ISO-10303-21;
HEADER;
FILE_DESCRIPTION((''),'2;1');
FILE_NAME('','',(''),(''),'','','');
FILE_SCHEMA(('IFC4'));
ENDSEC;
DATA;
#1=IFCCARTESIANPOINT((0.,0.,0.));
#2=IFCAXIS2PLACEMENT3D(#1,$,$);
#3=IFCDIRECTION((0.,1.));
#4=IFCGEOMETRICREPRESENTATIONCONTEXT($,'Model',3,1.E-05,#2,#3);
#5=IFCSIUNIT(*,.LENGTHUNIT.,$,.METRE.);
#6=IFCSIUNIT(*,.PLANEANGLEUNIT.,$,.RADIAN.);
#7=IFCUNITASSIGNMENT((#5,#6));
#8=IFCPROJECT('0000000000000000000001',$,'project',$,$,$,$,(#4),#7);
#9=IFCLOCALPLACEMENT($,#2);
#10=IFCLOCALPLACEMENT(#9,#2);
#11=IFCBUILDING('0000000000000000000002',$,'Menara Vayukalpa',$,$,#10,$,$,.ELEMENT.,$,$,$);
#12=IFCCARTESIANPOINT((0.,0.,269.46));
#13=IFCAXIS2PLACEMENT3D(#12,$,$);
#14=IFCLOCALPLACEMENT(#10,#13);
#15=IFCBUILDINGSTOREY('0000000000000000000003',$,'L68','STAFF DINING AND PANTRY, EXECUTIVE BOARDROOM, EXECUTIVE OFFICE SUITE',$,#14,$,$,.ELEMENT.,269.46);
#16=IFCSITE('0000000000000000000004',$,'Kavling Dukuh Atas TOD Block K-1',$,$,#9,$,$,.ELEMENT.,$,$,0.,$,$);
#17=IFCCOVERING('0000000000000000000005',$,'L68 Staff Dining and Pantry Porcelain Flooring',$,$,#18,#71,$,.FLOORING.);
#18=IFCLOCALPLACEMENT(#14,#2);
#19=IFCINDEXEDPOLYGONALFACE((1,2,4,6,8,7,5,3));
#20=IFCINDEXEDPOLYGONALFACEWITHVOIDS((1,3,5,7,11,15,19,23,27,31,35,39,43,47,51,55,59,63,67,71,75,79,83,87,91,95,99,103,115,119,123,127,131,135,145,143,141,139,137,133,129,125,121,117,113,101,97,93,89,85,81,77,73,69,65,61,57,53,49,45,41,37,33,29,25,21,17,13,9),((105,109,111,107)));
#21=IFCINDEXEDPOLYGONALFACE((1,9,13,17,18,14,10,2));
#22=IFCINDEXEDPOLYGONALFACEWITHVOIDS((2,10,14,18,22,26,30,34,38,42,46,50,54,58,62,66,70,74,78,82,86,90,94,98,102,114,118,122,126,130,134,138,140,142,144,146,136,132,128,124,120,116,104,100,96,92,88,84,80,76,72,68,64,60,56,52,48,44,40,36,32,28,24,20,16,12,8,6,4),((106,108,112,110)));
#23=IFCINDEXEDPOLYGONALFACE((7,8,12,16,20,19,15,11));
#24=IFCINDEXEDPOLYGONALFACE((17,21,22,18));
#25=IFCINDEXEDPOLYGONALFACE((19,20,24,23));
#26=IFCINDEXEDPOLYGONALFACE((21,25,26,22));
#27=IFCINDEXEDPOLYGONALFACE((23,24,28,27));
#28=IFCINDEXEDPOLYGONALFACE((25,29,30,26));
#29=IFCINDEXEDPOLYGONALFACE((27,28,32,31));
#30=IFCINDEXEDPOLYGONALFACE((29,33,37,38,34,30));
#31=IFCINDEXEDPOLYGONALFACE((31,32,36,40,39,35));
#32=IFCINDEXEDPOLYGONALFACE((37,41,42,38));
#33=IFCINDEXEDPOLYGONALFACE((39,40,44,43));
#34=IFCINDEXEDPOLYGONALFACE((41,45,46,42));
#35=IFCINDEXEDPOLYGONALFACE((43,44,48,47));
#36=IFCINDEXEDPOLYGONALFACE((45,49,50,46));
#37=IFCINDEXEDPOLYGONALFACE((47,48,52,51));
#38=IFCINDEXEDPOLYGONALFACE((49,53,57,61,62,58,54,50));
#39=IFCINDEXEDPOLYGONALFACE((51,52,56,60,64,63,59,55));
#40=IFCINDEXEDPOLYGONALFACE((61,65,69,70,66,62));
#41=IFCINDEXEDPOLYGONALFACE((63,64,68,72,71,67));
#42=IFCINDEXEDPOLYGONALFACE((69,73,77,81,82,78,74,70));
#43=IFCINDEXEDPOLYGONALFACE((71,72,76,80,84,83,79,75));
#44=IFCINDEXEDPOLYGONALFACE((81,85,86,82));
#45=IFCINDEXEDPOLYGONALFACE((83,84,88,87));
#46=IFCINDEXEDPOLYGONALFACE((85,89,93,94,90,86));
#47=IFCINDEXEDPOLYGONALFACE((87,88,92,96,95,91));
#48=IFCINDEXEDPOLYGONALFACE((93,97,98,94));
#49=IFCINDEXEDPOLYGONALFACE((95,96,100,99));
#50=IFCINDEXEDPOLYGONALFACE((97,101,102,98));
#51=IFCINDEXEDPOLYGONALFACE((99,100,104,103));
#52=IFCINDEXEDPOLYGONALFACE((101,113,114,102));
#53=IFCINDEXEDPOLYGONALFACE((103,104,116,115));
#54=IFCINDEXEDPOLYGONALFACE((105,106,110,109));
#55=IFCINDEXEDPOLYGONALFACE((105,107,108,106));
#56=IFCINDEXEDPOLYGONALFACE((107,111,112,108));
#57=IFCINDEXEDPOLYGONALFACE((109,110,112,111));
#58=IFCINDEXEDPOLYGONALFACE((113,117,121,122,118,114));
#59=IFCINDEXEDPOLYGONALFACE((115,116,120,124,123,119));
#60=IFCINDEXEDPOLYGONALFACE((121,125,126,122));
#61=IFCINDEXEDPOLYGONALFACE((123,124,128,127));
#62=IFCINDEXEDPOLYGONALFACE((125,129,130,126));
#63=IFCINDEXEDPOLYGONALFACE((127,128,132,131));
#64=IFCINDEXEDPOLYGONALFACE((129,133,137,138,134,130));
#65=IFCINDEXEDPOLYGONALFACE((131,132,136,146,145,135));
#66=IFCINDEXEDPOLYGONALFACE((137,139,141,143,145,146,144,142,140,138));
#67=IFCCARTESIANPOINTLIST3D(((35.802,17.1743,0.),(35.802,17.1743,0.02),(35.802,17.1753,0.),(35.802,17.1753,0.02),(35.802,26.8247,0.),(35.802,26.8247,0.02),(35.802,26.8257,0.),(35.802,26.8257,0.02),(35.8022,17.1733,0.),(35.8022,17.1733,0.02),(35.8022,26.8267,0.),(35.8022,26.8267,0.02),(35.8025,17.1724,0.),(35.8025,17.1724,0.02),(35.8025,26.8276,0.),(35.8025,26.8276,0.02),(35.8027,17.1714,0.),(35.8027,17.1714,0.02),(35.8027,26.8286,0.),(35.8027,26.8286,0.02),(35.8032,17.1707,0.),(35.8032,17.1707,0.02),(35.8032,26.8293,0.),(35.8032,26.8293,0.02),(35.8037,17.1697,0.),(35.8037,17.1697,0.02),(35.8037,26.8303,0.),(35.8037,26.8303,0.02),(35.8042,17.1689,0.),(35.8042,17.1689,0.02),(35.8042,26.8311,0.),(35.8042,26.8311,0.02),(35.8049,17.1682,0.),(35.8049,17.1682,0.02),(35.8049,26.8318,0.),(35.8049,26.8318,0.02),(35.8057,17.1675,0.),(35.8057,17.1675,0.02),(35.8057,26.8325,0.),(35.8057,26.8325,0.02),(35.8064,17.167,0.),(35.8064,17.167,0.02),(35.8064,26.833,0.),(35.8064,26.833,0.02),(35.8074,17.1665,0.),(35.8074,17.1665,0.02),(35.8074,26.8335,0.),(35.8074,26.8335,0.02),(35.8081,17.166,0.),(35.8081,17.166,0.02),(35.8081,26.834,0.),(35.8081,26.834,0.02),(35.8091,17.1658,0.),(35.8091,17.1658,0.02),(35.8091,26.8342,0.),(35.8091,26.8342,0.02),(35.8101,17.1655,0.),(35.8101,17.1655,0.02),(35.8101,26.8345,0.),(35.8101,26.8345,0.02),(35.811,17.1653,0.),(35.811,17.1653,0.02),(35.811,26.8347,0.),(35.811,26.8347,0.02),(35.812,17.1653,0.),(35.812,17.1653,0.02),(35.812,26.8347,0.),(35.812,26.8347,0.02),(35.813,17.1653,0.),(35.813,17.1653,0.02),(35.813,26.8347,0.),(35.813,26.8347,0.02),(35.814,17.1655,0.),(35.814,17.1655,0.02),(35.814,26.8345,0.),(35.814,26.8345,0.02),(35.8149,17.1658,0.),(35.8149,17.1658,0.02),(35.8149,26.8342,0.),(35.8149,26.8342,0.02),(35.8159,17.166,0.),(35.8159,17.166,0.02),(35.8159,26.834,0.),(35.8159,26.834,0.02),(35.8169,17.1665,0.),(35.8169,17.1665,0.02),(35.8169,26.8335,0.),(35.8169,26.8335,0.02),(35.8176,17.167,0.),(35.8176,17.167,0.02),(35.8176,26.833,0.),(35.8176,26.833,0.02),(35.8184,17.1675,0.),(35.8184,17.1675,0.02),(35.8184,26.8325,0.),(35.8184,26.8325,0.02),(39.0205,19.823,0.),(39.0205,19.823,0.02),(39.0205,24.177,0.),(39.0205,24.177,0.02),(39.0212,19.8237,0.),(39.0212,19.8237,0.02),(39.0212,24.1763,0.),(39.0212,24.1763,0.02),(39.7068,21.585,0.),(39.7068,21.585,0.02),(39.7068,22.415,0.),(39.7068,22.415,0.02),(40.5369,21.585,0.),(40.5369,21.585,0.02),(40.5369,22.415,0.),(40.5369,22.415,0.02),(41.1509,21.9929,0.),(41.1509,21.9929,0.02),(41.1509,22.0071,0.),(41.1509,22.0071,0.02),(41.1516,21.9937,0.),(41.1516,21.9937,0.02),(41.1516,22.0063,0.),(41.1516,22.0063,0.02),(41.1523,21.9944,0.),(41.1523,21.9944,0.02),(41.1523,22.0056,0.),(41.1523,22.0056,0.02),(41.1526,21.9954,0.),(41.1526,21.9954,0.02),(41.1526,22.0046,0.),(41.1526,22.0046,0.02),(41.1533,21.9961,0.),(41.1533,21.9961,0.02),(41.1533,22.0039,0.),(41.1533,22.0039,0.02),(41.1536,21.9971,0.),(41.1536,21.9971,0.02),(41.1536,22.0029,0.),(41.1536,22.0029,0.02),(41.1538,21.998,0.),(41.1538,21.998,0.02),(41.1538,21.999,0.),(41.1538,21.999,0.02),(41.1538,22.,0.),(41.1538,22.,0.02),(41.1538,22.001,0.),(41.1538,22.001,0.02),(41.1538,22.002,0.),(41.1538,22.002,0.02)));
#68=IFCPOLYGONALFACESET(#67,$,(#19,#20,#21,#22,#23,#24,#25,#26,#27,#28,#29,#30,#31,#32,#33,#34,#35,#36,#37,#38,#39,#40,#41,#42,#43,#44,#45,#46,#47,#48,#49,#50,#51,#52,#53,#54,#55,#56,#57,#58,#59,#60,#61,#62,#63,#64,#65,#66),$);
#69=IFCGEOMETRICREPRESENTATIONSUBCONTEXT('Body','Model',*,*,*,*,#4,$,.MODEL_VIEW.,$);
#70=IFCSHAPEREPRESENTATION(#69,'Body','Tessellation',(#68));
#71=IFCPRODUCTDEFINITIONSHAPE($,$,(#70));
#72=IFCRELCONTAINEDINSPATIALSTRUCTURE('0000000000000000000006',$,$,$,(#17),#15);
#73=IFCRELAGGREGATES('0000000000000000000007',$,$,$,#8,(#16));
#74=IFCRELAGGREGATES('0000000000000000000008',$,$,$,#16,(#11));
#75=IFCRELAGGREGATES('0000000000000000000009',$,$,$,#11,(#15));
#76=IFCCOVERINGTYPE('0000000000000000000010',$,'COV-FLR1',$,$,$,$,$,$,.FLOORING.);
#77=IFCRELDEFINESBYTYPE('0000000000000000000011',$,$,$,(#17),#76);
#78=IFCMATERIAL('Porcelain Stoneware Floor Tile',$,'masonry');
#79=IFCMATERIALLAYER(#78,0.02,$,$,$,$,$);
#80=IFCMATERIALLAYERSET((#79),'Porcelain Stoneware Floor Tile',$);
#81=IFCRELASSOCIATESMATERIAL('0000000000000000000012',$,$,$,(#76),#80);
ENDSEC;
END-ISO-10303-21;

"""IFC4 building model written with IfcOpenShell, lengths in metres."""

from ifc_helpers import new_model, si_unit, direction, frame, origin, place, context, subcontext, project, spatial, polyline, outline, extrude, material, layer, layer_set, type_object, element, save


model = new_model("IFC4")

# Units and contexts
model_context = context("Model", 3, precision=1e-05, world=origin(), true_north=direction((0.0, 1.0)))
body_context = subcontext(model_context, "Body", "Model", "MODEL_VIEW")
ifc_project = project(units=[si_unit("LENGTHUNIT", "METRE"), si_unit("PLANEANGLEUNIT", "RADIAN")], contexts=[model_context])

# Site, building, storey
site_placement = place(None, origin())
site = spatial("IfcSite", under=ifc_project, at=site_placement, Name="Kavling Dukuh Atas TOD Block K-1", CompositionType="ELEMENT", RefElevation=0.0)
building_placement = place(site_placement, origin())
building = spatial("IfcBuilding", under=site, at=building_placement, Name="Menara Vayukalpa", CompositionType="ELEMENT")
storey_placement = place(building_placement, frame((0.0, 0.0, 269.46)))
storey = spatial("IfcBuildingStorey", under=building, at=storey_placement, Name="L68", Description="STAFF DINING AND PANTRY, EXECUTIVE BOARDROOM, EXECUTIVE OFFICE SUITE", CompositionType="ELEMENT", Elevation=269.46)

# Covering
ifc_material_1 = material(Name="Porcelain Stoneware Floor Tile", Category="masonry")
ifc_layer_1 = layer(ifc_material_1, 0.02)
ifc_layer_set_1 = layer_set([ifc_layer_1], Name="Porcelain Stoneware Floor Tile")
covering_type_1 = type_object("IfcCoveringType", Name="COV-FLR1", PredefinedType="FLOORING", material=ifc_layer_set_1)
covering_1_placement = place(storey_placement, origin())
element("IfcCovering", 1, at=covering_1_placement, inside=storey, type_object=covering_type_1, Name="L68 Staff Dining and Pantry Porcelain Flooring", PredefinedType="FLOORING", context=body_context, shape_type="SweptSolid", body=[
    extrude(outline(polyline([(41.1509, 22.0071), (41.1516, 22.0063), (41.1523, 22.0056), (41.1526, 22.0046), (41.1533, 22.0039), (41.1536, 22.0029), (41.1538, 22.002), (41.1538, 22.001), (41.1538, 22.0), (41.1538, 21.999), (41.1538, 21.998), (41.1536, 21.9971), (41.1533, 21.9961), (41.1526, 21.9954), (41.1523, 21.9944), (41.1516, 21.9937), (41.1509, 21.9929), (39.0212, 19.8237), (39.0205, 19.823), (35.8184, 17.1675), (35.8176, 17.167), (35.8169, 17.1665), (35.8159, 17.166), (35.8149, 17.1658), (35.814, 17.1655), (35.813, 17.1653), (35.812, 17.1653), (35.811, 17.1653), (35.8101, 17.1655), (35.8091, 17.1658), (35.8081, 17.166), (35.8074, 17.1665), (35.8064, 17.167), (35.8057, 17.1675), (35.8049, 17.1682), (35.8042, 17.1689), (35.8037, 17.1697), (35.8032, 17.1707), (35.8027, 17.1714), (35.8025, 17.1724), (35.8022, 17.1733), (35.802, 17.1743), (35.802, 17.1753), (35.802, 26.8247), (35.802, 26.8257), (35.8022, 26.8267), (35.8025, 26.8276), (35.8027, 26.8286), (35.8032, 26.8293), (35.8037, 26.8303), (35.8042, 26.8311), (35.8049, 26.8318), (35.8057, 26.8325), (35.8064, 26.833), (35.8074, 26.8335), (35.8081, 26.834), (35.8091, 26.8342), (35.8101, 26.8345), (35.811, 26.8347), (35.812, 26.8347), (35.813, 26.8347), (35.814, 26.8345), (35.8149, 26.8342), (35.8159, 26.834), (35.8169, 26.8335), (35.8176, 26.833), (35.8184, 26.8325), (39.0205, 24.177), (39.0212, 24.1763), (41.1509, 22.0071)]), holes=[polyline([(40.5369, 22.415), (39.7068, 22.415), (39.7068, 21.585), (40.5369, 21.585), (40.5369, 22.415)])]), origin(), (0.0, 0.0, 1.0), 0.02),
])

save(model, "model.ifc")
